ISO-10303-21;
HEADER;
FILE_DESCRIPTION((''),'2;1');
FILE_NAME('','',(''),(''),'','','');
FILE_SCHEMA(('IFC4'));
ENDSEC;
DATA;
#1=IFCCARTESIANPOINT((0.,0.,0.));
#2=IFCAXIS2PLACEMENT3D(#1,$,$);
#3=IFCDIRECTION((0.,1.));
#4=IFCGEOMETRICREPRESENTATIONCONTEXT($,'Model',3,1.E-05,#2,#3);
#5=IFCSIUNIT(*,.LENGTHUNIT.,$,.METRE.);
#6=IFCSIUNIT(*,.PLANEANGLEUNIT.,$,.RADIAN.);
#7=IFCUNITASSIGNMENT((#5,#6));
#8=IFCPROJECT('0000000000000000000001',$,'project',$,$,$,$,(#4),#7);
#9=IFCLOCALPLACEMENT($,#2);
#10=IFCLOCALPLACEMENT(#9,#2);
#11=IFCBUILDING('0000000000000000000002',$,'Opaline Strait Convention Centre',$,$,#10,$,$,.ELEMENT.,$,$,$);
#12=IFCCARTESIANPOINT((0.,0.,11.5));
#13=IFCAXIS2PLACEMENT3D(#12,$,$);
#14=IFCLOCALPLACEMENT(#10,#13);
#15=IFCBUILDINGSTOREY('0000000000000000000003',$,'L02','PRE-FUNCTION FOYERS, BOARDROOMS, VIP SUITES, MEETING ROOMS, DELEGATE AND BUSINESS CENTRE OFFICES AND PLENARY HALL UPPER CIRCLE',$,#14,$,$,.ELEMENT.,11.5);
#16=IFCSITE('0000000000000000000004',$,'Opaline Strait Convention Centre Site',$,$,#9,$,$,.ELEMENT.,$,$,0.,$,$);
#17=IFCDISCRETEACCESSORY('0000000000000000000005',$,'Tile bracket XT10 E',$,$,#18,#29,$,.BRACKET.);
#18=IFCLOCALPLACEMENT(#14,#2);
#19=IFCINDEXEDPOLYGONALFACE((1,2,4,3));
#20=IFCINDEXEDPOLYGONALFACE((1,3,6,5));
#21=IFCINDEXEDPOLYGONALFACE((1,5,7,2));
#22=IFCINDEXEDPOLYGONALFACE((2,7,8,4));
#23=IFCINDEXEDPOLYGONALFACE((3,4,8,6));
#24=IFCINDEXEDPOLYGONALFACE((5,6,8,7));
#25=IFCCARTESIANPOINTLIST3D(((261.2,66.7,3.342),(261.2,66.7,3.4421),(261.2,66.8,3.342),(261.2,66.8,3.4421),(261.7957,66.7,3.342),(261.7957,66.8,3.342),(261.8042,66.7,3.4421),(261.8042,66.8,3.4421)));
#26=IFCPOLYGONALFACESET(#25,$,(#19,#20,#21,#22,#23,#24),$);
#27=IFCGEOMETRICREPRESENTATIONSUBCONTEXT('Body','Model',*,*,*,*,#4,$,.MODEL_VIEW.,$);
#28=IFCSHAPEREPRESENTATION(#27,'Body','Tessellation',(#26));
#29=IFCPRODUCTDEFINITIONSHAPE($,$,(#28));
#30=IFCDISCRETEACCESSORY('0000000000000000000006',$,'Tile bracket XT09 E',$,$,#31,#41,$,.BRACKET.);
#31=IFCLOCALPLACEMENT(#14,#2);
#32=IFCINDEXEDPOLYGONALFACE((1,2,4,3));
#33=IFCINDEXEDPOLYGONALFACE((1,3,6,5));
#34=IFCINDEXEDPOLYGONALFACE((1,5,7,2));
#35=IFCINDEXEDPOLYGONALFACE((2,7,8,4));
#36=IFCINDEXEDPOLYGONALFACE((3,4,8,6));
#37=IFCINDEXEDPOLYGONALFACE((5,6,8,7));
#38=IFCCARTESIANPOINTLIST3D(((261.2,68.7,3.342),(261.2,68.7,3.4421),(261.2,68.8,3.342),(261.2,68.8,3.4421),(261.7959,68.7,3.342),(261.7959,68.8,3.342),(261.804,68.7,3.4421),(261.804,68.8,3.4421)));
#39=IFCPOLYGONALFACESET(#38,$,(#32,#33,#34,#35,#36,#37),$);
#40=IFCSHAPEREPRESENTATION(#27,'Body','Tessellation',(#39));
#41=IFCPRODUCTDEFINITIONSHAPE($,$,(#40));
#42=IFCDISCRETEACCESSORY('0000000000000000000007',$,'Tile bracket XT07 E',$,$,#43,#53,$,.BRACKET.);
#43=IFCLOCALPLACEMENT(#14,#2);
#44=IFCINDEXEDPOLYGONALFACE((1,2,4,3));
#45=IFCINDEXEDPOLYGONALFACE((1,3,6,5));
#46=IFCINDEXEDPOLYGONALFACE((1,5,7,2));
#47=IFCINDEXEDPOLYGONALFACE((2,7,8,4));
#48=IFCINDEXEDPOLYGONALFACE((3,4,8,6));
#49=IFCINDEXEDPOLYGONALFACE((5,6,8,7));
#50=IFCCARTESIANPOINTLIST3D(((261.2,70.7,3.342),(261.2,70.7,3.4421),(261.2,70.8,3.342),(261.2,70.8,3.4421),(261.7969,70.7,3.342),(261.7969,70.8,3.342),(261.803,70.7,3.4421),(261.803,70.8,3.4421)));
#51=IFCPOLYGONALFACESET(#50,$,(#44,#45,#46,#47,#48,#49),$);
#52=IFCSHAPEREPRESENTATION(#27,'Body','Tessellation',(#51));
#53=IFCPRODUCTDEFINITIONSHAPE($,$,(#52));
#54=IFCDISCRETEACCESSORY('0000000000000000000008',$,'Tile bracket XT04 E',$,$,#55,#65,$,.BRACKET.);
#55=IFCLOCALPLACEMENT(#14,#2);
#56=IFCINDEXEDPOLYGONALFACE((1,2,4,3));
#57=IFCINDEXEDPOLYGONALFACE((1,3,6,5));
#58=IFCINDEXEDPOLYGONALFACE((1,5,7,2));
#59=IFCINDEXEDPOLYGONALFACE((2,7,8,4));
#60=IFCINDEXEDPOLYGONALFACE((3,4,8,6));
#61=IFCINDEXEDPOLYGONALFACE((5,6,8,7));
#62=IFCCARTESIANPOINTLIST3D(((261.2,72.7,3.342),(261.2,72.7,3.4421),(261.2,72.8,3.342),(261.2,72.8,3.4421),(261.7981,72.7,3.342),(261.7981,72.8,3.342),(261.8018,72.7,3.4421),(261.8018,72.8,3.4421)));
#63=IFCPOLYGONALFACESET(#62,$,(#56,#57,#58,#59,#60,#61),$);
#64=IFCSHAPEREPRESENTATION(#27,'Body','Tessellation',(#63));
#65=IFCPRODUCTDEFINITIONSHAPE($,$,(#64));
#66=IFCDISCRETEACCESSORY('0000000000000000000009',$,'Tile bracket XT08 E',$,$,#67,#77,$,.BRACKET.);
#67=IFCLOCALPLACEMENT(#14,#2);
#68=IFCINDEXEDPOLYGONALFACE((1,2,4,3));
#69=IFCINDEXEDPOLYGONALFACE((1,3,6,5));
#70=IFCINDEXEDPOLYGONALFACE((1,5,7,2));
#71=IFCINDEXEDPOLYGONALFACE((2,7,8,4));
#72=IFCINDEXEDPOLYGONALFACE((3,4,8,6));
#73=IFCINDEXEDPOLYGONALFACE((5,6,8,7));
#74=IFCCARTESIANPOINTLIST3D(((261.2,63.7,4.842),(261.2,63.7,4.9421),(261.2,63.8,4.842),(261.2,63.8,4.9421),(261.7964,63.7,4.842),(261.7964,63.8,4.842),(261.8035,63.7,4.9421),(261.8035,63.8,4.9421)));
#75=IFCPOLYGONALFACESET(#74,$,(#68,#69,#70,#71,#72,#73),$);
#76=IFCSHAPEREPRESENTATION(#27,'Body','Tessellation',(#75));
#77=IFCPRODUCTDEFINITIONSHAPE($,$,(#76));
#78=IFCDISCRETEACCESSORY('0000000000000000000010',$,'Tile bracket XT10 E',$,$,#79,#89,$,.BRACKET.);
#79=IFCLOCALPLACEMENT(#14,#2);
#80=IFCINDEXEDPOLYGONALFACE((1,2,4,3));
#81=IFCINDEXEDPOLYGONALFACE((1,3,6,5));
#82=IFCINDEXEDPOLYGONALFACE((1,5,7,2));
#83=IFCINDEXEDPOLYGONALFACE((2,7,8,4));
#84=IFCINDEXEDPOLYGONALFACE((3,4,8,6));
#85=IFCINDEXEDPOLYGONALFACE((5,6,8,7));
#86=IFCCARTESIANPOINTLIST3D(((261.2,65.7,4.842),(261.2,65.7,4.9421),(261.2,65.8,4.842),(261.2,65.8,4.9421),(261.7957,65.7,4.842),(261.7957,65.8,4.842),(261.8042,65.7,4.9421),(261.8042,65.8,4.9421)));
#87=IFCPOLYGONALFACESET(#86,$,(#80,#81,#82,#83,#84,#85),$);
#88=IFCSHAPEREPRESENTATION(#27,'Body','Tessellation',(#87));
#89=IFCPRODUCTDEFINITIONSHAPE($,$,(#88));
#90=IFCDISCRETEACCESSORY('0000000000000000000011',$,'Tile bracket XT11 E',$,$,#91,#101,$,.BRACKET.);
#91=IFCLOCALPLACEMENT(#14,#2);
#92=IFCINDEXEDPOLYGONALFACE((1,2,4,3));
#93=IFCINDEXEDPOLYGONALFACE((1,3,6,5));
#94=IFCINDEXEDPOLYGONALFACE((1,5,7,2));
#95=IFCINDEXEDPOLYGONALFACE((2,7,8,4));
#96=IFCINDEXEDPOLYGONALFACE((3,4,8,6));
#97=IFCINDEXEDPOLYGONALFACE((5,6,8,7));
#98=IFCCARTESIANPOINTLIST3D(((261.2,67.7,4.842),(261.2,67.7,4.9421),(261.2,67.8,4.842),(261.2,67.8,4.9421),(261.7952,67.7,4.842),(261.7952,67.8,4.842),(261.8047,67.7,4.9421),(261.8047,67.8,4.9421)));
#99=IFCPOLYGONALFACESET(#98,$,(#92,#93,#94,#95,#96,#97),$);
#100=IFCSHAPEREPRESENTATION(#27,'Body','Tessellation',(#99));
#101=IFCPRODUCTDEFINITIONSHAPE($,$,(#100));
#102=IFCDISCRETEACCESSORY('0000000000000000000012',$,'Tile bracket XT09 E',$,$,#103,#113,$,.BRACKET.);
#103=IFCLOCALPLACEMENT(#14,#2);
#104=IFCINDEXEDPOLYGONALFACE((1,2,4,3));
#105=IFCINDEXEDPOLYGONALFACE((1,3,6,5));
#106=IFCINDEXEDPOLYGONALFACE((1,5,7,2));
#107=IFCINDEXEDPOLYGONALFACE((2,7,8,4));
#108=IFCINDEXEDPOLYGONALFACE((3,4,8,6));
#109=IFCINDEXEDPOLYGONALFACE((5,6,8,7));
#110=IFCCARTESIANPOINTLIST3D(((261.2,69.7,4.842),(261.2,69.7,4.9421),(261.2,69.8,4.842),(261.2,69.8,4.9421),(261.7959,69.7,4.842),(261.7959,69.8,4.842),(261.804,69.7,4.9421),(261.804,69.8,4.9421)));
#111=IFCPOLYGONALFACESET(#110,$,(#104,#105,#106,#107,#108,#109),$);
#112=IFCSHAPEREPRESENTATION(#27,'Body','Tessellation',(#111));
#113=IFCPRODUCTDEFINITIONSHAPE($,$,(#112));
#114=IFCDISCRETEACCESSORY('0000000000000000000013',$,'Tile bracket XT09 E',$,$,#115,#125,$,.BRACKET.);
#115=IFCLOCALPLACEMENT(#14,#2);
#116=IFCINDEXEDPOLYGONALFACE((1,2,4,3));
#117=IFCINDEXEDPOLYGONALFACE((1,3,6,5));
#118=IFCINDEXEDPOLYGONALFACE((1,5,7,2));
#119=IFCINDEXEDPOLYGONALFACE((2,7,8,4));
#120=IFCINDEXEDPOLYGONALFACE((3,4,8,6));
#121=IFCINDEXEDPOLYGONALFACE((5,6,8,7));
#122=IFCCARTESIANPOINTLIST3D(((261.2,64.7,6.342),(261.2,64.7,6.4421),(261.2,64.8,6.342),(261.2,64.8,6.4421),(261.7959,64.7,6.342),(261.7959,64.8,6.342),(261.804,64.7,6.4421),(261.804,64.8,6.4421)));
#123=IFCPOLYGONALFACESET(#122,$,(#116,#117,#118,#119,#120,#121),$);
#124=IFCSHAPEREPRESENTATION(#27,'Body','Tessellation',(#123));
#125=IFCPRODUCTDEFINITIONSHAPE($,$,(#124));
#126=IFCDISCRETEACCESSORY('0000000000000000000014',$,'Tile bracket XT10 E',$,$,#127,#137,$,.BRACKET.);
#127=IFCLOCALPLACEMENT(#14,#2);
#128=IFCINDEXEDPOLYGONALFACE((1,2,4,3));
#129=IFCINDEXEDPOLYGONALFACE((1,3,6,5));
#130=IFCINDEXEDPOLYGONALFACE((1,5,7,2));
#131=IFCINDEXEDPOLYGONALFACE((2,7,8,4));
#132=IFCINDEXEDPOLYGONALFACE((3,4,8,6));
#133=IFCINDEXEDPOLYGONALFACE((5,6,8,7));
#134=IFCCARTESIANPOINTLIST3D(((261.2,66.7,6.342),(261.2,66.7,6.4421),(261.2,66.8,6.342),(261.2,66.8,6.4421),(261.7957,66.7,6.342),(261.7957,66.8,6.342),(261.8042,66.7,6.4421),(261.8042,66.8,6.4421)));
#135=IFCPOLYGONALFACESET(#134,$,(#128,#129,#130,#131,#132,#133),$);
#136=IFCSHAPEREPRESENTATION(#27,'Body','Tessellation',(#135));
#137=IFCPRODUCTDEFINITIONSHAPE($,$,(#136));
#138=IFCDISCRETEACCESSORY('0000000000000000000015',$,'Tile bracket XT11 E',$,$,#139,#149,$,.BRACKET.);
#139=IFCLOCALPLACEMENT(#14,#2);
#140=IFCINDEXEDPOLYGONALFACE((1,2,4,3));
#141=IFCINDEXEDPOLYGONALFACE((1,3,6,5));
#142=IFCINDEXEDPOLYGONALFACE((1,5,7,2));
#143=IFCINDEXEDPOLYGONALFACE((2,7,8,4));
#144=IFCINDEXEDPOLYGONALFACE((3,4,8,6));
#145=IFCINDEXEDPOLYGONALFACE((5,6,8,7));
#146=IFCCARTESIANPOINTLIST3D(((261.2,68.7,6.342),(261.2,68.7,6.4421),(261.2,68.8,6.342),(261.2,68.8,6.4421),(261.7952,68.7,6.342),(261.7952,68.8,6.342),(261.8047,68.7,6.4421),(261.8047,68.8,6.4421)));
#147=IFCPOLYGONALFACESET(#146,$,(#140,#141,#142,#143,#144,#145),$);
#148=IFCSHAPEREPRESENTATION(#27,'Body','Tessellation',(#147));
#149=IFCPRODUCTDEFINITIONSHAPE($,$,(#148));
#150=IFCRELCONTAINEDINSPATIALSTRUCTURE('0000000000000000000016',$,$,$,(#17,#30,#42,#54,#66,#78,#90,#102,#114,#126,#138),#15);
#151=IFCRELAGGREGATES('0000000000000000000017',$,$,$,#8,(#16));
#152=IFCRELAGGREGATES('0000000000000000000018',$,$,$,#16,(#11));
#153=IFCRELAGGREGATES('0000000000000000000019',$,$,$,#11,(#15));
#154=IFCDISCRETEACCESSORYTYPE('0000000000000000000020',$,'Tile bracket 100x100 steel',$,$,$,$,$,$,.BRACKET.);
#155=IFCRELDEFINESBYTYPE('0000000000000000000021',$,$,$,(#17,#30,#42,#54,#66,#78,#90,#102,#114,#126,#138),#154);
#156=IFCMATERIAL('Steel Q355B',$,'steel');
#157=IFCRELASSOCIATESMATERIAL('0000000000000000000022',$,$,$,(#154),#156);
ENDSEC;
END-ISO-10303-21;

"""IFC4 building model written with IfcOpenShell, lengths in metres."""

from ifc_helpers import new_model, si_unit, direction, frame, origin, place, context, subcontext, project, spatial, polyline, outline, extrude, material, type_object, element, save


model = new_model("IFC4")

# Units and contexts
model_context = context("Model", 3, precision=1e-05, world=origin(), true_north=direction((0.0, 1.0)))
body_context = subcontext(model_context, "Body", "Model", "MODEL_VIEW")
ifc_project = project(units=[si_unit("LENGTHUNIT", "METRE"), si_unit("PLANEANGLEUNIT", "RADIAN")], contexts=[model_context])

# Site, building, storey
site_placement = place(None, origin())
site = spatial("IfcSite", under=ifc_project, at=site_placement, Name="Opaline Strait Convention Centre Site", CompositionType="ELEMENT", RefElevation=0.0)
building_placement = place(site_placement, origin())
building = spatial("IfcBuilding", under=site, at=building_placement, Name="Opaline Strait Convention Centre", CompositionType="ELEMENT")
storey_placement = place(building_placement, frame((0.0, 0.0, 11.5)))
storey = spatial("IfcBuildingStorey", under=building, at=storey_placement, Name="L02", Description="PRE-FUNCTION FOYERS, BOARDROOMS, VIP SUITES, MEETING ROOMS, DELEGATE AND BUSINESS CENTRE OFFICES AND PLENARY HALL UPPER CIRCLE", CompositionType="ELEMENT", Elevation=11.5)

# Shared definitions
ifc_material_1 = material(Name="Steel Q355B", Category="steel")

# Discrete accessories
discrete_accessory_type = type_object("IfcDiscreteAccessoryType", Name="Tile bracket 100x100 steel", PredefinedType="BRACKET", material=ifc_material_1)
for number, where, z_axis, x_axis, name in (
    (1, (261.2, 66.7, 3.3921), (0.0, 1.0, 0.0), (-1.0, 0.0, 0.0), "Tile bracket XT10 E"),
):
    element("IfcDiscreteAccessory", number, at=place(storey_placement, frame(where, z_axis=z_axis, x_axis=x_axis)), inside=storey, type_object=discrete_accessory_type, Name=name, PredefinedType="BRACKET", context=body_context, shape_type="SweptSolid", body=[
        extrude(outline(polyline([(0.0, -0.05), (0.0, 0.05), (-0.6042, 0.05), (-0.5957, -0.05), (0.0, -0.05)])), origin(), (0.0, 0.0, 1.0), 0.1001),
    ])
discrete_accessory_1_placement = place(storey_placement, frame((261.2, 68.7, 3.3921), z_axis=(0.0, 1.0, 0.0), x_axis=(-1.0, 0.0, 0.0)))
element("IfcDiscreteAccessory", 2, at=discrete_accessory_1_placement, inside=storey, type_object=discrete_accessory_type, Name="Tile bracket XT09 E", PredefinedType="BRACKET", context=body_context, shape_type="SweptSolid", body=[
    extrude(outline(polyline([(0.0, -0.05), (0.0, 0.05), (-0.604, 0.05), (-0.5959, -0.05), (0.0, -0.05)])), origin(), (0.0, 0.0, 1.0), 0.1001),
])
discrete_accessory_2_placement = place(storey_placement, frame((261.2, 70.7, 3.3921), z_axis=(0.0, 1.0, 0.0), x_axis=(-1.0, 0.0, 0.0)))
element("IfcDiscreteAccessory", 3, at=discrete_accessory_2_placement, inside=storey, type_object=discrete_accessory_type, Name="Tile bracket XT07 E", PredefinedType="BRACKET", context=body_context, shape_type="SweptSolid", body=[
    extrude(outline(polyline([(0.0, -0.05), (0.0, 0.05), (-0.603, 0.05), (-0.5969, -0.05), (0.0, -0.05)])), origin(), (0.0, 0.0, 1.0), 0.1001),
])
discrete_accessory_3_placement = place(storey_placement, frame((261.2, 72.7, 3.3921), z_axis=(0.0, 1.0, 0.0), x_axis=(-1.0, 0.0, 0.0)))
element("IfcDiscreteAccessory", 4, at=discrete_accessory_3_placement, inside=storey, type_object=discrete_accessory_type, Name="Tile bracket XT04 E", PredefinedType="BRACKET", context=body_context, shape_type="SweptSolid", body=[
    extrude(outline(polyline([(0.0, -0.05), (0.0, 0.05), (-0.6018, 0.05), (-0.5981, -0.05), (0.0, -0.05)])), origin(), (0.0, 0.0, 1.0), 0.1001),
])
discrete_accessory_4_placement = place(storey_placement, frame((261.2, 63.7, 4.8921), z_axis=(0.0, 1.0, 0.0), x_axis=(-1.0, 0.0, 0.0)))
element("IfcDiscreteAccessory", 5, at=discrete_accessory_4_placement, inside=storey, type_object=discrete_accessory_type, Name="Tile bracket XT08 E", PredefinedType="BRACKET", context=body_context, shape_type="SweptSolid", body=[
    extrude(outline(polyline([(0.0, -0.05), (0.0, 0.05), (-0.6035, 0.05), (-0.5964, -0.05), (0.0, -0.05)])), origin(), (0.0, 0.0, 1.0), 0.1001),
])
discrete_accessory_5_placement = place(storey_placement, frame((261.2, 65.7, 4.8921), z_axis=(0.0, 1.0, 0.0), x_axis=(-1.0, 0.0, 0.0)))
element("IfcDiscreteAccessory", 6, at=discrete_accessory_5_placement, inside=storey, type_object=discrete_accessory_type, Name="Tile bracket XT10 E", PredefinedType="BRACKET", context=body_context, shape_type="SweptSolid", body=[
    extrude(outline(polyline([(0.0, -0.05), (0.0, 0.05), (-0.6042, 0.05), (-0.5957, -0.05), (0.0, -0.05)])), origin(), (0.0, 0.0, 1.0), 0.1001),
])
discrete_accessory_6_placement = place(storey_placement, frame((261.2, 67.7, 4.8921), z_axis=(0.0, 1.0, 0.0), x_axis=(-1.0, 0.0, 0.0)))
element("IfcDiscreteAccessory", 7, at=discrete_accessory_6_placement, inside=storey, type_object=discrete_accessory_type, Name="Tile bracket XT11 E", PredefinedType="BRACKET", context=body_context, shape_type="SweptSolid", body=[
    extrude(outline(polyline([(0.0, -0.05), (0.0, 0.05), (-0.6047, 0.05), (-0.5952, -0.05), (0.0, -0.05)])), origin(), (0.0, 0.0, 1.0), 0.1001),
])
for number, where, z_axis, x_axis, name in (
    (8, (261.2, 69.7, 4.8921), (0.0, 1.0, 0.0), (-1.0, 0.0, 0.0), "Tile bracket XT09 E"),
    (9, (261.2, 64.7, 6.3921), (0.0, 1.0, 0.0), (-1.0, 0.0, 0.0), "Tile bracket XT09 E"),
):
    element("IfcDiscreteAccessory", number, at=place(storey_placement, frame(where, z_axis=z_axis, x_axis=x_axis)), inside=storey, type_object=discrete_accessory_type, Name=name, PredefinedType="BRACKET", context=body_context, shape_type="SweptSolid", body=[
        extrude(outline(polyline([(0.0, -0.05), (0.0, 0.05), (-0.604, 0.05), (-0.5959, -0.05), (0.0, -0.05)])), origin(), (0.0, 0.0, 1.0), 0.1001),
    ])
discrete_accessory_7_placement = place(storey_placement, frame((261.2, 66.7, 6.3921), z_axis=(0.0, 1.0, 0.0), x_axis=(-1.0, 0.0, 0.0)))
element("IfcDiscreteAccessory", 10, at=discrete_accessory_7_placement, inside=storey, type_object=discrete_accessory_type, Name="Tile bracket XT10 E", PredefinedType="BRACKET", context=body_context, shape_type="SweptSolid", body=[
    extrude(outline(polyline([(0.0, -0.05), (0.0, 0.05), (-0.6042, 0.05), (-0.5957, -0.05), (0.0, -0.05)])), origin(), (0.0, 0.0, 1.0), 0.1001),
])
discrete_accessory_8_placement = place(storey_placement, frame((261.2, 68.7, 6.3921), z_axis=(0.0, 1.0, 0.0), x_axis=(-1.0, 0.0, 0.0)))
element("IfcDiscreteAccessory", 11, at=discrete_accessory_8_placement, inside=storey, type_object=discrete_accessory_type, Name="Tile bracket XT11 E", PredefinedType="BRACKET", context=body_context, shape_type="SweptSolid", body=[
    extrude(outline(polyline([(0.0, -0.05), (0.0, 0.05), (-0.6047, 0.05), (-0.5952, -0.05), (0.0, -0.05)])), origin(), (0.0, 0.0, 1.0), 0.1001),
])

save(model, "model.ifc")
